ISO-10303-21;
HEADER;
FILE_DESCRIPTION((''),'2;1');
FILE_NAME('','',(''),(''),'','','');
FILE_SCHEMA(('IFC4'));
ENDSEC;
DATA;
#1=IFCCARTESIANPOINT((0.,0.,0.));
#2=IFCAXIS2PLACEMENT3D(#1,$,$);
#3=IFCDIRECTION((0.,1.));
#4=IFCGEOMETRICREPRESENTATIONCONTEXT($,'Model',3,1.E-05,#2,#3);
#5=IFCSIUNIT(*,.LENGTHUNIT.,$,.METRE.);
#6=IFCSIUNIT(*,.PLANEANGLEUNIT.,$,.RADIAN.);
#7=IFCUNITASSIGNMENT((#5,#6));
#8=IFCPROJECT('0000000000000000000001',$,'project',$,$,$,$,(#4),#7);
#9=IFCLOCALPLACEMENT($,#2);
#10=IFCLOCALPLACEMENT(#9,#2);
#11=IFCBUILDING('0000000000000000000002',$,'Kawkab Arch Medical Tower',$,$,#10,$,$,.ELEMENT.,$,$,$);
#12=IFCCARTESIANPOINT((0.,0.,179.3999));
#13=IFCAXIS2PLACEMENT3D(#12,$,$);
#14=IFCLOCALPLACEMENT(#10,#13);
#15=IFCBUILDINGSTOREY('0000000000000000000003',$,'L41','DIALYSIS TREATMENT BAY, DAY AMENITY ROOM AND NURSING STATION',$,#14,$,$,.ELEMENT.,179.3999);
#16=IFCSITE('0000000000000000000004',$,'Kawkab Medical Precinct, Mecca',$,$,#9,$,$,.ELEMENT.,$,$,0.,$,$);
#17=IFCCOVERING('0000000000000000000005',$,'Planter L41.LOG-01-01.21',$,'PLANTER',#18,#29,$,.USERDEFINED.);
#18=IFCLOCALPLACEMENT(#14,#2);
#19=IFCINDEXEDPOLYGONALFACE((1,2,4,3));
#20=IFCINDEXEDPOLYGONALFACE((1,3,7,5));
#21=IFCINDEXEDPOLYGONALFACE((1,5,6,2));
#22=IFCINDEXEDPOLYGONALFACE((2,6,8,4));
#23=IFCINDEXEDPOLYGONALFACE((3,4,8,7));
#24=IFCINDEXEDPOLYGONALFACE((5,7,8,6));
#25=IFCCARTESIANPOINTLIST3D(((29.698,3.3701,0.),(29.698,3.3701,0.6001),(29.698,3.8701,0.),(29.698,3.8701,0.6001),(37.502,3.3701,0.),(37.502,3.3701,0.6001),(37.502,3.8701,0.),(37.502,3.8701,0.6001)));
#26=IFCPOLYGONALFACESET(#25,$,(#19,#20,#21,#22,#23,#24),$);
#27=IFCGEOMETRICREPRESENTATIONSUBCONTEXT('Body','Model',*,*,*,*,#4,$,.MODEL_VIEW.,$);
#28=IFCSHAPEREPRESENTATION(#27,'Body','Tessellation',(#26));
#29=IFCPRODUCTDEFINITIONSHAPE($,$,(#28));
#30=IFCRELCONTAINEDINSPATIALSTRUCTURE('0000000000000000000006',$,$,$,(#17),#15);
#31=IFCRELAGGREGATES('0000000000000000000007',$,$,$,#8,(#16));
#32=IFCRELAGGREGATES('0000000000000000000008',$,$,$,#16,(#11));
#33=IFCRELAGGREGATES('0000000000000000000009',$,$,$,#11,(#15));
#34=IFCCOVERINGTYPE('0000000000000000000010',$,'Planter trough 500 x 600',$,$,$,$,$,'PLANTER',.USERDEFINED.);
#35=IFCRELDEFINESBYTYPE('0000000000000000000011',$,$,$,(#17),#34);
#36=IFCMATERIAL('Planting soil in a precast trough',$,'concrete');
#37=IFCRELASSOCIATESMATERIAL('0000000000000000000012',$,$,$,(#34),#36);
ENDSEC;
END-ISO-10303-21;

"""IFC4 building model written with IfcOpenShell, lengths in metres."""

from ifc_helpers import new_model, si_unit, direction, frame, origin, origin_2d, place, context, subcontext, project, spatial, rectangle, extrude, material, material_profile, profile_set, type_object, element, save


model = new_model("IFC4")

# Units and contexts
model_context = context("Model", 3, precision=1e-05, world=origin(), true_north=direction((0.0, 1.0)))
body_context = subcontext(model_context, "Body", "Model", "MODEL_VIEW")
ifc_project = project(units=[si_unit("LENGTHUNIT", "METRE"), si_unit("PLANEANGLEUNIT", "RADIAN")], contexts=[model_context])

# Site, building, storey
site_placement = place(None, origin())
site = spatial("IfcSite", under=ifc_project, at=site_placement, Name="Kawkab Medical Precinct, Mecca", CompositionType="ELEMENT", RefElevation=0.0)
building_placement = place(site_placement, origin())
building = spatial("IfcBuilding", under=site, at=building_placement, Name="Kawkab Arch Medical Tower", CompositionType="ELEMENT")
storey_placement = place(building_placement, frame((0.0, 0.0, 179.3999)))
storey = spatial("IfcBuildingStorey", under=building, at=storey_placement, Name="L41", Description="DIALYSIS TREATMENT BAY, DAY AMENITY ROOM AND NURSING STATION", CompositionType="ELEMENT", Elevation=179.3999)

# Covering
ifc_material_1 = material(Name="Planting soil in a precast trough", Category="concrete")
ifc_material_profile_1 = material_profile(ifc_material_1, rectangle(XDim=0.5, YDim=0.6001, at=origin_2d()), Name="Trough 500x600")
ifc_profile_set_1 = profile_set([ifc_material_profile_1], Name="Planting soil in a precast trough")
covering_type_1 = type_object("IfcCoveringType", Name="Planter trough 500 x 600", ElementType="PLANTER", PredefinedType="USERDEFINED", material=ifc_profile_set_1)
covering_1_placement = place(storey_placement, frame((29.698, 3.6201, 0.3), z_axis=(1.0, 0.0, 0.0), x_axis=(0.0, 1.0, 0.0)))
element("IfcCovering", 1, at=covering_1_placement, inside=storey, type_object=covering_type_1, Name="Planter L41.LOG-01-01.21", ObjectType="PLANTER", PredefinedType="USERDEFINED", context=body_context, shape_type="SweptSolid", body=[
    extrude(rectangle(XDim=0.5, YDim=0.6001, at=origin_2d()), origin(), (0.0, 0.0, 1.0), 7.804),
])

save(model, "model.ifc")
